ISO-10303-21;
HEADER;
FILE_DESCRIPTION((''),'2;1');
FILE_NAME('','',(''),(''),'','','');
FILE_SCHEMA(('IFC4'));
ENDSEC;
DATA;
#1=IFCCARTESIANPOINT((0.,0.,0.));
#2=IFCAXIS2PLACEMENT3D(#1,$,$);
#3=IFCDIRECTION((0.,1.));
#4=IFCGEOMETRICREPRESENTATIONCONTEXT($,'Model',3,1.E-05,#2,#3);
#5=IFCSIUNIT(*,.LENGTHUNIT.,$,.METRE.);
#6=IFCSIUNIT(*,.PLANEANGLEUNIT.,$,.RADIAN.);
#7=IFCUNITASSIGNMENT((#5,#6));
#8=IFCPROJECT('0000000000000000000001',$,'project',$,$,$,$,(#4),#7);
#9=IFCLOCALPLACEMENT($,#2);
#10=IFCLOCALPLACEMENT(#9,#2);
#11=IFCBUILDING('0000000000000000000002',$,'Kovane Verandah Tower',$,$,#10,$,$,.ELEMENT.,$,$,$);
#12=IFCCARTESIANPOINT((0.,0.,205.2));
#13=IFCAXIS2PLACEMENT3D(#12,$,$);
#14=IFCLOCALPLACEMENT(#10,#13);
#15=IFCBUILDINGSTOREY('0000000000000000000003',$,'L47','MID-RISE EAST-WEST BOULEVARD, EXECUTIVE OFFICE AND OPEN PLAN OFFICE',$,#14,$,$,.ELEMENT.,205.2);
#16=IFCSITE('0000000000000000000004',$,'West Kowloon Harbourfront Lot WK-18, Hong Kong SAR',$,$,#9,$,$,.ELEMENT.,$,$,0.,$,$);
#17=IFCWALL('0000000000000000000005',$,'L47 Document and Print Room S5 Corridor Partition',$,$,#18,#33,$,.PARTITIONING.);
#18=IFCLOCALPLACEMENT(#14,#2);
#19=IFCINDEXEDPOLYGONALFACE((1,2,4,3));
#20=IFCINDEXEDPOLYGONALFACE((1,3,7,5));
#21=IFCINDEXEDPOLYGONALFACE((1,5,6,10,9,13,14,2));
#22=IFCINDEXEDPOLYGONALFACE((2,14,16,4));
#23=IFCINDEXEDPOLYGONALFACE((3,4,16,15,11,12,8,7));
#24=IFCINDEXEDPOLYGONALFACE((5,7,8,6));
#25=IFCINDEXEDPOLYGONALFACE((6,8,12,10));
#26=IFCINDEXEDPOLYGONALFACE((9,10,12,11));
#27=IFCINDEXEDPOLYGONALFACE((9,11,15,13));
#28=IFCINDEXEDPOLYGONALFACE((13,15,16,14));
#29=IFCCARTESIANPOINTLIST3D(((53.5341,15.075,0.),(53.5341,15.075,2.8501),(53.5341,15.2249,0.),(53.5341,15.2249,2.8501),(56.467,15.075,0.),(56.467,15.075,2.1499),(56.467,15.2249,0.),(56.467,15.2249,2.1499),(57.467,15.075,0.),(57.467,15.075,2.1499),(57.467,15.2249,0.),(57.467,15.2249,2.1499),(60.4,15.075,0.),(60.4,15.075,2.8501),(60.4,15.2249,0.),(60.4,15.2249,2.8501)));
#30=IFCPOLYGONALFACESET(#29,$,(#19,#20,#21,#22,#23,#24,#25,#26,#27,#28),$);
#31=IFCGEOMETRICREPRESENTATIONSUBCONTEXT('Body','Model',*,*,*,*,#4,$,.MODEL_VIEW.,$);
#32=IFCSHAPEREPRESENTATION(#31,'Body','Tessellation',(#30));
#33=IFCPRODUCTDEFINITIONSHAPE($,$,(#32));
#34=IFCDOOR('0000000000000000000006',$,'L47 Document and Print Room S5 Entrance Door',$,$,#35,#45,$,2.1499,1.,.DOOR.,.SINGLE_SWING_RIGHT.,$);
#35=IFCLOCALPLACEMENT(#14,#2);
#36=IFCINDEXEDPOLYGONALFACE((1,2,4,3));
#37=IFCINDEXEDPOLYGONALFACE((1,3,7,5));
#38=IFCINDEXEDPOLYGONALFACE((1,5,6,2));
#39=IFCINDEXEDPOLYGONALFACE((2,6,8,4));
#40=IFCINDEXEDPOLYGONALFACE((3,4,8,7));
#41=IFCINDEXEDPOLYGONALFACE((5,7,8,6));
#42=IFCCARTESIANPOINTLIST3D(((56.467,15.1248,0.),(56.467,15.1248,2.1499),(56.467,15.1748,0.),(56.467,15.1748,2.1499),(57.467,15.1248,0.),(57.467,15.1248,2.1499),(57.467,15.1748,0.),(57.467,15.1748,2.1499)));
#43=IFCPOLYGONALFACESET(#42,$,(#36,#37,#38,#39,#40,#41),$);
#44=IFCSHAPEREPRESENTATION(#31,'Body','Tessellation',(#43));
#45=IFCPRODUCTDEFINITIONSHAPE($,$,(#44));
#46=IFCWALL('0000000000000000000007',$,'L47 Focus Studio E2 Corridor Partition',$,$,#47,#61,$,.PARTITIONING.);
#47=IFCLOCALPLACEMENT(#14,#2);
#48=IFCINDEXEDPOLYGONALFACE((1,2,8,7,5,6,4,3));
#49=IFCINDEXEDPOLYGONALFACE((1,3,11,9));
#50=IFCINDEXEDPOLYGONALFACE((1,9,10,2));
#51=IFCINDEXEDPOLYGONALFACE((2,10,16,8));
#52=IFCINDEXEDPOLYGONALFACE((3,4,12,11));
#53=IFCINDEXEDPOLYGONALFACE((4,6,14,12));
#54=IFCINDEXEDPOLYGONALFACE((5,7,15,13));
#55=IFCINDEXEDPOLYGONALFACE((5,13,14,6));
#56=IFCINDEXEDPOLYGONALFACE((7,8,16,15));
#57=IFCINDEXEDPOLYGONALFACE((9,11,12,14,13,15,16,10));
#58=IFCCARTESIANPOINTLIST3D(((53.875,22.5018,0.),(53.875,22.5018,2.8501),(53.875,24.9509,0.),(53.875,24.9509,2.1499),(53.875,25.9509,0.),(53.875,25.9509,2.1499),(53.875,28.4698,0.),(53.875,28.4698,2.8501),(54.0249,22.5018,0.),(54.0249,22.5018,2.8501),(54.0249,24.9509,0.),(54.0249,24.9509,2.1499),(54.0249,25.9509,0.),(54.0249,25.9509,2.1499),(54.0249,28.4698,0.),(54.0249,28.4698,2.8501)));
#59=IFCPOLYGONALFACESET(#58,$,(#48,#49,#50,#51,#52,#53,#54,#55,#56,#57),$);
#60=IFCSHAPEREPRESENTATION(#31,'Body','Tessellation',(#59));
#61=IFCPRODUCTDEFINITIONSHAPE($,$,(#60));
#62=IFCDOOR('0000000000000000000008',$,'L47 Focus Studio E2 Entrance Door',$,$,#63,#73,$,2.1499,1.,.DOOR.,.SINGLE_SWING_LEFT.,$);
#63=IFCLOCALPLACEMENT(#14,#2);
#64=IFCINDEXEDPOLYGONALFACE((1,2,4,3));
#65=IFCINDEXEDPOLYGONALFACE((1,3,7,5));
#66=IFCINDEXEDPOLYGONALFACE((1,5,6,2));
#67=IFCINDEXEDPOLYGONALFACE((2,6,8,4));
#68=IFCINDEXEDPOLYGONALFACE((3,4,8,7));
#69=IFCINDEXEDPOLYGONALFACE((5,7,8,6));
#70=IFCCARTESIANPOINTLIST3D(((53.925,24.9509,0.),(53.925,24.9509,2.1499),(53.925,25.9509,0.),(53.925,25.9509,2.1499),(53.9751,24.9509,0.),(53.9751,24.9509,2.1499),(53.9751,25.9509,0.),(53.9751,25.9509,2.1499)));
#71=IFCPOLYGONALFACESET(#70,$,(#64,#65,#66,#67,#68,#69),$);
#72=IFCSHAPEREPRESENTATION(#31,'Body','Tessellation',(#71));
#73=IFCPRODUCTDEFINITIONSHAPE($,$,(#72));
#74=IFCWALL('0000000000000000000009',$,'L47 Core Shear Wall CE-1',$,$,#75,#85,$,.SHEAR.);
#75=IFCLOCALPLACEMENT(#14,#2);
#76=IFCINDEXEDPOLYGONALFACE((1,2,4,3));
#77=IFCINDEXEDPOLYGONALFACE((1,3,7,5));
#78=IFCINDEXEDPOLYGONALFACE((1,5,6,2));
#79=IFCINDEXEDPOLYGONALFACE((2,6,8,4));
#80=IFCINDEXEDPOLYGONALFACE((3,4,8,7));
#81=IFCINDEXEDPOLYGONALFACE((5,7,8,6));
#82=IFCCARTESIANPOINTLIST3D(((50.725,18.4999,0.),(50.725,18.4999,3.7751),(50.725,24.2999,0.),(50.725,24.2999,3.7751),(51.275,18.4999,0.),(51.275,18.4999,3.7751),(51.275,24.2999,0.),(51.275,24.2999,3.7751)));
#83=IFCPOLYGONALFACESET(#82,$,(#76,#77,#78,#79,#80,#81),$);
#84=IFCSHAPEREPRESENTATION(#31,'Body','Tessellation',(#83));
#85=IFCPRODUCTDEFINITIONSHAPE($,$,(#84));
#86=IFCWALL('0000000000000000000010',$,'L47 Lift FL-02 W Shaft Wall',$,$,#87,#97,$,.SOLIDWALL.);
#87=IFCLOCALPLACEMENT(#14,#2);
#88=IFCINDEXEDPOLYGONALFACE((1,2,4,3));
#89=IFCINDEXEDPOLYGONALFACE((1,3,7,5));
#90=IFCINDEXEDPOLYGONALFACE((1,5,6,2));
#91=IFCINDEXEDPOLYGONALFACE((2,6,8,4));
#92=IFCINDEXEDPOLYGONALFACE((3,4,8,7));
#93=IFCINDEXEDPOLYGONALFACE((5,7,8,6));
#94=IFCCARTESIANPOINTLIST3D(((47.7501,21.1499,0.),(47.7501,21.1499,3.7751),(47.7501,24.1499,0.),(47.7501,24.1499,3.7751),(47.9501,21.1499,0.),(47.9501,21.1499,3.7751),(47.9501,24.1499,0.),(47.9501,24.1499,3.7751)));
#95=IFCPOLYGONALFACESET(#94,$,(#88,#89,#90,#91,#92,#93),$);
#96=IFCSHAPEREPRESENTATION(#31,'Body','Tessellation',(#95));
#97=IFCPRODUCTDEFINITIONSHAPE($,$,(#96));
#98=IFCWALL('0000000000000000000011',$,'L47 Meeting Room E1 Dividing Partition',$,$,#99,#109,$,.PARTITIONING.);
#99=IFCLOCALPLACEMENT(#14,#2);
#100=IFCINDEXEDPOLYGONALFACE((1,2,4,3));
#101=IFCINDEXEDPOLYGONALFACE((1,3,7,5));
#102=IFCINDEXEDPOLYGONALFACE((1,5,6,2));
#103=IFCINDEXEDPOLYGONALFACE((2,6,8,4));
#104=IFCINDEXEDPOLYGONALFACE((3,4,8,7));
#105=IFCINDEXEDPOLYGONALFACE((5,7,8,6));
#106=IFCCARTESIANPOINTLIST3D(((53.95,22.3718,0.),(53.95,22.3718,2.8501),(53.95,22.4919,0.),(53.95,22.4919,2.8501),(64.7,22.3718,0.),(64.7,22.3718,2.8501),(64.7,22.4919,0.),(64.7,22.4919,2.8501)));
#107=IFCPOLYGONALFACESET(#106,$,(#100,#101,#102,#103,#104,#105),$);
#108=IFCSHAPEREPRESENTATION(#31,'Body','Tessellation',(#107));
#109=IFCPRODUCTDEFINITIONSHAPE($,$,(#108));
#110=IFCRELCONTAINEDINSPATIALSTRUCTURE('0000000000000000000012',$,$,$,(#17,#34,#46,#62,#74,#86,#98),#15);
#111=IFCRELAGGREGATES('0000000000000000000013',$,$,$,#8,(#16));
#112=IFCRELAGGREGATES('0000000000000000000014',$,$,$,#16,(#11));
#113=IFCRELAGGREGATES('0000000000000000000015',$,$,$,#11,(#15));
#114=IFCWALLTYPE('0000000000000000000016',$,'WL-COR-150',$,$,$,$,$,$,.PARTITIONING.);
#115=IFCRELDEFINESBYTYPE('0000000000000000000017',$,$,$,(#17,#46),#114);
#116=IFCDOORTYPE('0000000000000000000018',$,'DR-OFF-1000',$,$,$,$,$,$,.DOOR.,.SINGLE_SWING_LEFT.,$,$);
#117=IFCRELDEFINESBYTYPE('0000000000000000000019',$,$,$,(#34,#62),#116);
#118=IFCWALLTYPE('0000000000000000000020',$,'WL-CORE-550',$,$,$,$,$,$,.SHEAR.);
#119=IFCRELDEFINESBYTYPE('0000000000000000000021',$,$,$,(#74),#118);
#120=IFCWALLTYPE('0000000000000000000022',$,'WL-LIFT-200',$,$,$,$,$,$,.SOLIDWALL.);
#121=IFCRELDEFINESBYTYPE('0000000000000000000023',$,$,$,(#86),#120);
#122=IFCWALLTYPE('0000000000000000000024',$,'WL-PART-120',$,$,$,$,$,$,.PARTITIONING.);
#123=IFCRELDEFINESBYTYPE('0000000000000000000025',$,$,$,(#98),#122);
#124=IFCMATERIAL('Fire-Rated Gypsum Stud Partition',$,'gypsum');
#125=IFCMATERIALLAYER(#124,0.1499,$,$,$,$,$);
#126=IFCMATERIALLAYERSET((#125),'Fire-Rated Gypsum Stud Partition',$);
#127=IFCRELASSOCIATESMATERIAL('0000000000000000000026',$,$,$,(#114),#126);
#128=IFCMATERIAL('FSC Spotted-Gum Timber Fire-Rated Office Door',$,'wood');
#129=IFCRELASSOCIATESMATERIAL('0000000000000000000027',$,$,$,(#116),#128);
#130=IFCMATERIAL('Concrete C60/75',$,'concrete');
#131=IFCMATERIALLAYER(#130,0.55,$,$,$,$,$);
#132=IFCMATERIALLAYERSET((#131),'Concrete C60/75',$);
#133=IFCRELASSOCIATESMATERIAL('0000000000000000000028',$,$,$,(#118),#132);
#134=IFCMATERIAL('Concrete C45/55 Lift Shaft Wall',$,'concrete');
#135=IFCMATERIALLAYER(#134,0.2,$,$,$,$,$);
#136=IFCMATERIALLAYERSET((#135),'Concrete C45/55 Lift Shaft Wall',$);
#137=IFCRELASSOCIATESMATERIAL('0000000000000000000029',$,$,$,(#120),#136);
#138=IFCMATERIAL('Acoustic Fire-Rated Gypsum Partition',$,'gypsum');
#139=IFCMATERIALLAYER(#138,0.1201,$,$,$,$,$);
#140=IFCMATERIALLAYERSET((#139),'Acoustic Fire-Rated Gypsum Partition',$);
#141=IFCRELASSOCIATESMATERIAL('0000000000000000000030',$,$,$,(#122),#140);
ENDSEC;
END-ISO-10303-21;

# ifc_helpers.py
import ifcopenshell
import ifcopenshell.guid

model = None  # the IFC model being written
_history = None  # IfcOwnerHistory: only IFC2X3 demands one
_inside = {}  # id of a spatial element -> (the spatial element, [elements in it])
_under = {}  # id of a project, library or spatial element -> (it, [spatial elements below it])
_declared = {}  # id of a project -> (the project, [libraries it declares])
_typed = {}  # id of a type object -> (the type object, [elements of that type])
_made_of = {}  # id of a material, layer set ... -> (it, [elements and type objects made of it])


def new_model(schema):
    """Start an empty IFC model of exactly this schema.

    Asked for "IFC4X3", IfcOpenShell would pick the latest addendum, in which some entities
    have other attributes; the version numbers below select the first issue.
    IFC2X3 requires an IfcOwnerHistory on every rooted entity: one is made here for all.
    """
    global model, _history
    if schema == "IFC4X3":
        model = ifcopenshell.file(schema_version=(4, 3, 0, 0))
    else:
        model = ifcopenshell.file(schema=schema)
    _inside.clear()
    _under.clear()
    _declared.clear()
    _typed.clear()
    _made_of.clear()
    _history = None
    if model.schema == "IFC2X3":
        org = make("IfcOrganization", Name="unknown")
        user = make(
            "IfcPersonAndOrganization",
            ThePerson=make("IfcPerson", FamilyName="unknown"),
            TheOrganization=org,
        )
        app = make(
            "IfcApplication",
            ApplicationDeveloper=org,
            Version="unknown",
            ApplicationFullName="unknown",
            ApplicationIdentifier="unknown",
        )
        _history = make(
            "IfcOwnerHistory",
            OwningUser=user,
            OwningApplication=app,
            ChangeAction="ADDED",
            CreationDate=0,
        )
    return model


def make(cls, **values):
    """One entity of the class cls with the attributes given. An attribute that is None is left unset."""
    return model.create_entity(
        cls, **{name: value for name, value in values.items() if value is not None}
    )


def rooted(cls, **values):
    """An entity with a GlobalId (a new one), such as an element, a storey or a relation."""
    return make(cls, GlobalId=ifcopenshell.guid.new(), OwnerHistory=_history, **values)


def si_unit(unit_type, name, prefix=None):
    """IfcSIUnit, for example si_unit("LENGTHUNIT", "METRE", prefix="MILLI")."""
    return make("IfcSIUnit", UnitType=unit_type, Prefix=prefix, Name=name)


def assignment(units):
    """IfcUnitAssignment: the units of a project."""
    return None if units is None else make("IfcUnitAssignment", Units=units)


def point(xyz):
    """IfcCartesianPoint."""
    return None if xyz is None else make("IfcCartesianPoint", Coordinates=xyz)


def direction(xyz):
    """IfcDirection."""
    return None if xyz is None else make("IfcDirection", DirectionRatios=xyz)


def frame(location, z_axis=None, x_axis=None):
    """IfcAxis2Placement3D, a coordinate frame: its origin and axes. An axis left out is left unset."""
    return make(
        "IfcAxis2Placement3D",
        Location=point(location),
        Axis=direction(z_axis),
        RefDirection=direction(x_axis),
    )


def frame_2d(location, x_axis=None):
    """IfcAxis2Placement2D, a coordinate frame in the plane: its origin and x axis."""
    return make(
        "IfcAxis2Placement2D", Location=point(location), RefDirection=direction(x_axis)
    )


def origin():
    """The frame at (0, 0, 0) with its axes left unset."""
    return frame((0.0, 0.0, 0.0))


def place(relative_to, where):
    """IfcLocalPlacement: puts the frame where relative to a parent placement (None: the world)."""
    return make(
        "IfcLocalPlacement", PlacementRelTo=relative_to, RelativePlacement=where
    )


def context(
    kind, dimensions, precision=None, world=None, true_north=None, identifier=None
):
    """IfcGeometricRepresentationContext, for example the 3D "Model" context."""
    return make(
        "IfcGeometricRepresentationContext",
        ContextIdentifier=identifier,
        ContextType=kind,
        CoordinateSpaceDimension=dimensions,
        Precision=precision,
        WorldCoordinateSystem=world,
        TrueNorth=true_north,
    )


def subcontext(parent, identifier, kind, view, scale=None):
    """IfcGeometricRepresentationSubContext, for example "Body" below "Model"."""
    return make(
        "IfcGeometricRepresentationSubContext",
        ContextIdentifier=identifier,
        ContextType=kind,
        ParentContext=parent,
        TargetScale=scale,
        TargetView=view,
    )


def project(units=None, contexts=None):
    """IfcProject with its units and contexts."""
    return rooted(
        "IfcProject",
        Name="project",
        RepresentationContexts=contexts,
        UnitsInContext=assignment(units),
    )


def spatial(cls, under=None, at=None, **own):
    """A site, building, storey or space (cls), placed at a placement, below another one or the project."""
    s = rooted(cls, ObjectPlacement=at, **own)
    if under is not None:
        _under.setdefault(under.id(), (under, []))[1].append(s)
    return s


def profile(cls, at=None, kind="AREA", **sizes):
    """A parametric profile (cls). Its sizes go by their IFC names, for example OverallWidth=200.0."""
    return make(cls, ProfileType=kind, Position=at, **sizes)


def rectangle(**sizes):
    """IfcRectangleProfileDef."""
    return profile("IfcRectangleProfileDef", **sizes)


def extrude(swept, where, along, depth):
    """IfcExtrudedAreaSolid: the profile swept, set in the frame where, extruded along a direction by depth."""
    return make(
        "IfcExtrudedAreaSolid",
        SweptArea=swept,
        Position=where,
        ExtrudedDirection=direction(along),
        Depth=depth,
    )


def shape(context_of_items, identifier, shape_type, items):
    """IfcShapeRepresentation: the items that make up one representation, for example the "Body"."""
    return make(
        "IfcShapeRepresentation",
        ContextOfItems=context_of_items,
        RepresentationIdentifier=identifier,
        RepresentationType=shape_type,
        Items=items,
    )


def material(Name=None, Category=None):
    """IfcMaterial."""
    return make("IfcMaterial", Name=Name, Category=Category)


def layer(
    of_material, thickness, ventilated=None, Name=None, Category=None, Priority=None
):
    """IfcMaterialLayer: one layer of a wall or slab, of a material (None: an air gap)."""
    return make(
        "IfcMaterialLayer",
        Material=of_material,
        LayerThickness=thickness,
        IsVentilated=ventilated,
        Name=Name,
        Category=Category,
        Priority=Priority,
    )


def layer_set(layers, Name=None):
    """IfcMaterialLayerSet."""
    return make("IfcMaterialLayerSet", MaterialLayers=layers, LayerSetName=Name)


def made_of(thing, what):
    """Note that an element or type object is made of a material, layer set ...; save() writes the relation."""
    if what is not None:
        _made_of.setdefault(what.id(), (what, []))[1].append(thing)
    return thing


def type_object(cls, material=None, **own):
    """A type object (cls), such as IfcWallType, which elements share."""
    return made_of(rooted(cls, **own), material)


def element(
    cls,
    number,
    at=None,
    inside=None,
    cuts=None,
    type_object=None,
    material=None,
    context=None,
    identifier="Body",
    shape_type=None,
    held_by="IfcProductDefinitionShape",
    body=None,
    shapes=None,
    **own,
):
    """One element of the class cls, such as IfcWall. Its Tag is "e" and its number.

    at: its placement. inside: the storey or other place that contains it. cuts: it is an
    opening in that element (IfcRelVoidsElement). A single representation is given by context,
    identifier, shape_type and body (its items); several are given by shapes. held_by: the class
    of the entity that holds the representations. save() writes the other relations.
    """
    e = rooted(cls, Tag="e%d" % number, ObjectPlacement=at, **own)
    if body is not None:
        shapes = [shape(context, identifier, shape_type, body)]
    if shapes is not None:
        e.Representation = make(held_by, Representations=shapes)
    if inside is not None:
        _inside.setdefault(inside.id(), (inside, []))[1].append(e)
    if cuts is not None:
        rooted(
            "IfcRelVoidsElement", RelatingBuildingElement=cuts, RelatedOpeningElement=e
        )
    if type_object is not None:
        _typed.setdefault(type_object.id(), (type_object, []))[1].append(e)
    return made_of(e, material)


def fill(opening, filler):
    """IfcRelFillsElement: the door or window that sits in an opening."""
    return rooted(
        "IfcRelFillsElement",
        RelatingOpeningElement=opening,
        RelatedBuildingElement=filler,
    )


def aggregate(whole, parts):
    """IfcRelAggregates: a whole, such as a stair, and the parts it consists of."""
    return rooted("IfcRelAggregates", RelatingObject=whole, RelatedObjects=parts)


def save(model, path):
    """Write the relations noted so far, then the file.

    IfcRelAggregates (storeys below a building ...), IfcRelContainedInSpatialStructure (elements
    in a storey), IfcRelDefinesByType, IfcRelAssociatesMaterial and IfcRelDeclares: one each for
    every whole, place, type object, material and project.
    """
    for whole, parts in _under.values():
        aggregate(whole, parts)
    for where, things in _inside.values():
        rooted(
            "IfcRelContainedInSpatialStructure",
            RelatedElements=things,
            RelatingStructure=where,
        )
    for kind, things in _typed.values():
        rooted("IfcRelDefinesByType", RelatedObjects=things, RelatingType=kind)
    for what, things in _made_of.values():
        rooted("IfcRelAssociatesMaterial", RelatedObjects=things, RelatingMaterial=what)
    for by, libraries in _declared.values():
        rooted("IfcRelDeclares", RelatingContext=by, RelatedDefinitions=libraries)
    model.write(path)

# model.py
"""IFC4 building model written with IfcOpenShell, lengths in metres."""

from ifc_helpers import new_model, si_unit, direction, frame, frame_2d, origin, place, context, subcontext, project, spatial, rectangle, extrude, material, layer, layer_set, type_object, element, fill, save


model = new_model("IFC4")

# Units and contexts
model_context = context("Model", 3, precision=1e-05, world=origin(), true_north=direction((0.0, 1.0)))
body_context = subcontext(model_context, "Body", "Model", "MODEL_VIEW")
ifc_project = project(units=[si_unit("LENGTHUNIT", "METRE"), si_unit("PLANEANGLEUNIT", "RADIAN")], contexts=[model_context])

# Site, building, storey
site_placement = place(None, origin())
site = spatial("IfcSite", under=ifc_project, at=site_placement, Name="West Kowloon Harbourfront Lot WK-18, Hong Kong SAR", CompositionType="ELEMENT", RefElevation=0.0)
building_placement = place(site_placement, origin())
building = spatial("IfcBuilding", under=site, at=building_placement, Name="Kovane Verandah Tower", CompositionType="ELEMENT")
storey_placement = place(building_placement, frame((0.0, 0.0, 205.2)))
storey = spatial("IfcBuildingStorey", under=building, at=storey_placement, Name="L47", Description="MID-RISE EAST-WEST BOULEVARD, EXECUTIVE OFFICE AND OPEN PLAN OFFICE", CompositionType="ELEMENT", Elevation=205.2)

# Shared definitions
ifc_material_1 = material(Name="Concrete C60/75", Category="concrete")

# Walls, openings, doors
ifc_material_2 = material(Name="Fire-Rated Gypsum Stud Partition", Category="gypsum")
ifc_layer_1 = layer(ifc_material_2, 0.1499)
ifc_layer_set_1 = layer_set([ifc_layer_1], Name="Fire-Rated Gypsum Stud Partition")
wall_type_1 = type_object("IfcWallType", Name="WL-COR-150", PredefinedType="PARTITIONING", material=ifc_layer_set_1)
wall_1_placement = place(storey_placement, frame((53.5339, 15.1499, 0.0), z_axis=(0.0, 0.0, 1.0), x_axis=(1.0, 0.0, 0.0)))
wall_1 = element("IfcWall", 1, at=wall_1_placement, inside=storey, type_object=wall_type_1, Name="L47 Document and Print Room S5 Corridor Partition", PredefinedType="PARTITIONING", context=body_context, shape_type="SweptSolid", body=[
    extrude(rectangle(XDim=6.866, YDim=0.1499, at=frame_2d((3.4331, 0.0))), origin(), (0.0, 0.0, 1.0), 2.8501),
])
opening_1_placement = place(wall_1_placement, frame((2.9331, 0.0, 0.0)))
opening_1 = element("IfcOpeningElement", 2, at=opening_1_placement, cuts=wall_1, PredefinedType="OPENING", context=body_context, shape_type="SweptSolid", body=[
    extrude(rectangle(XDim=1.0, YDim=2.1499, at=frame_2d((0.5, 1.075))), frame((0.0, 0.075, 0.0), z_axis=(0.0, -1.0, 0.0), x_axis=(1.0, 0.0, 0.0)), (0.0, 0.0, 1.0), 0.1499),
])
ifc_material_3 = material(Name="FSC Spotted-Gum Timber Fire-Rated Office Door", Category="wood")
door_type_1 = type_object("IfcDoorType", Name="DR-OFF-1000", OperationType="SINGLE_SWING_LEFT", PredefinedType="DOOR", material=ifc_material_3)
door_1_placement = place(opening_1_placement, origin())
door_1 = element("IfcDoor", 3, at=door_1_placement, inside=storey, type_object=door_type_1, Name="L47 Document and Print Room S5 Entrance Door", OperationType="SINGLE_SWING_RIGHT", OverallHeight=2.1499, OverallWidth=1.0, PredefinedType="DOOR", context=body_context, shape_type="SweptSolid", body=[
    extrude(rectangle(XDim=1.0, YDim=2.1499, at=frame_2d((0.5, 1.075))), frame((0.0, 0.0249, 0.0), z_axis=(0.0, -1.0, 0.0), x_axis=(1.0, 0.0, 0.0)), (0.0, 0.0, 1.0), 0.05),
])
fill(opening_1, door_1)
wall_2_placement = place(storey_placement, frame((53.95, 22.502, 0.0), z_axis=(0.0, 0.0, 1.0), x_axis=(0.0, 1.0, 0.0)))
wall_2 = element("IfcWall", 4, at=wall_2_placement, inside=storey, type_object=wall_type_1, Name="L47 Focus Studio E2 Corridor Partition", PredefinedType="PARTITIONING", context=body_context, shape_type="SweptSolid", body=[
    extrude(rectangle(XDim=5.968, YDim=0.1499, at=frame_2d((2.9839, 0.0))), origin(), (0.0, 0.0, 1.0), 2.8501),
])
opening_2_placement = place(wall_2_placement, frame((2.449, 0.0, 0.0)))
opening_2 = element("IfcOpeningElement", 5, at=opening_2_placement, cuts=wall_2, PredefinedType="OPENING", context=body_context, shape_type="SweptSolid", body=[
    extrude(rectangle(XDim=1.0, YDim=2.1499, at=frame_2d((0.5, 1.075))), frame((0.0, 0.075, 0.0), z_axis=(0.0, -1.0, 0.0), x_axis=(1.0, 0.0, 0.0)), (0.0, 0.0, 1.0), 0.1499),
])
door_2_placement = place(opening_2_placement, origin())
door_2 = element("IfcDoor", 6, at=door_2_placement, inside=storey, type_object=door_type_1, Name="L47 Focus Studio E2 Entrance Door", OperationType="SINGLE_SWING_LEFT", OverallHeight=2.1499, OverallWidth=1.0, PredefinedType="DOOR", context=body_context, shape_type="SweptSolid", body=[
    extrude(rectangle(XDim=1.0, YDim=2.1499, at=frame_2d((0.5, 1.075))), frame((0.0, 0.0249, 0.0), z_axis=(0.0, -1.0, 0.0), x_axis=(1.0, 0.0, 0.0)), (0.0, 0.0, 1.0), 0.05),
])
fill(opening_2, door_2)

# Wall
ifc_layer_2 = layer(ifc_material_1, 0.55)
ifc_layer_set_2 = layer_set([ifc_layer_2], Name="Concrete C60/75")
wall_type_2 = type_object("IfcWallType", Name="WL-CORE-550", PredefinedType="SHEAR", material=ifc_layer_set_2)
wall_3_placement = place(storey_placement, frame((51.0, 18.5, 0.0), z_axis=(0.0, 0.0, 1.0), x_axis=(0.0, 1.0, 0.0)))
element("IfcWall", 7, at=wall_3_placement, inside=storey, type_object=wall_type_2, Name="L47 Core Shear Wall CE-1", PredefinedType="SHEAR", context=body_context, shape_type="SweptSolid", body=[
    extrude(rectangle(XDim=5.8, YDim=0.55, at=frame_2d((2.8999, 0.0))), origin(), (0.0, 0.0, 1.0), 3.7751),
])

# Shared definitions
ifc_material_4 = material(Name="Concrete C45/55 Lift Shaft Wall", Category="concrete")
ifc_layer_3 = layer(ifc_material_4, 0.2)
ifc_layer_set_3 = layer_set([ifc_layer_3], Name="Concrete C45/55 Lift Shaft Wall")
wall_type_3 = type_object("IfcWallType", Name="WL-LIFT-200", PredefinedType="SOLIDWALL", material=ifc_layer_set_3)

# Walls
wall_4_placement = place(storey_placement, frame((47.8501, 24.1499, 0.0), z_axis=(0.0, 0.0, 1.0), x_axis=(0.0, -1.0, 0.0)))
element("IfcWall", 8, at=wall_4_placement, inside=storey, type_object=wall_type_3, Name="L47 Lift FL-02 W Shaft Wall", PredefinedType="SOLIDWALL", context=body_context, shape_type="SweptSolid", body=[
    extrude(rectangle(XDim=3.0, YDim=0.2, at=frame_2d((1.5, 0.0))), origin(), (0.0, 0.0, 1.0), 3.7751),
])
ifc_material_5 = material(Name="Acoustic Fire-Rated Gypsum Partition", Category="gypsum")
ifc_layer_4 = layer(ifc_material_5, 0.1201)
ifc_layer_set_4 = layer_set([ifc_layer_4], Name="Acoustic Fire-Rated Gypsum Partition")
wall_type_4 = type_object("IfcWallType", Name="WL-PART-120", PredefinedType="PARTITIONING", material=ifc_layer_set_4)
wall_5_placement = place(storey_placement, frame((53.95, 22.4319, 0.0), z_axis=(0.0, 0.0, 1.0), x_axis=(1.0, 0.0, 0.0)))
element("IfcWall", 9, at=wall_5_placement, inside=storey, type_object=wall_type_4, Name="L47 Meeting Room E1 Dividing Partition", PredefinedType="PARTITIONING", context=body_context, shape_type="SweptSolid", body=[
    extrude(rectangle(XDim=10.75, YDim=0.1201, at=frame_2d((5.375, 0.0))), origin(), (0.0, 0.0, 1.0), 2.8501),
])

save(model, "model.ifc")
